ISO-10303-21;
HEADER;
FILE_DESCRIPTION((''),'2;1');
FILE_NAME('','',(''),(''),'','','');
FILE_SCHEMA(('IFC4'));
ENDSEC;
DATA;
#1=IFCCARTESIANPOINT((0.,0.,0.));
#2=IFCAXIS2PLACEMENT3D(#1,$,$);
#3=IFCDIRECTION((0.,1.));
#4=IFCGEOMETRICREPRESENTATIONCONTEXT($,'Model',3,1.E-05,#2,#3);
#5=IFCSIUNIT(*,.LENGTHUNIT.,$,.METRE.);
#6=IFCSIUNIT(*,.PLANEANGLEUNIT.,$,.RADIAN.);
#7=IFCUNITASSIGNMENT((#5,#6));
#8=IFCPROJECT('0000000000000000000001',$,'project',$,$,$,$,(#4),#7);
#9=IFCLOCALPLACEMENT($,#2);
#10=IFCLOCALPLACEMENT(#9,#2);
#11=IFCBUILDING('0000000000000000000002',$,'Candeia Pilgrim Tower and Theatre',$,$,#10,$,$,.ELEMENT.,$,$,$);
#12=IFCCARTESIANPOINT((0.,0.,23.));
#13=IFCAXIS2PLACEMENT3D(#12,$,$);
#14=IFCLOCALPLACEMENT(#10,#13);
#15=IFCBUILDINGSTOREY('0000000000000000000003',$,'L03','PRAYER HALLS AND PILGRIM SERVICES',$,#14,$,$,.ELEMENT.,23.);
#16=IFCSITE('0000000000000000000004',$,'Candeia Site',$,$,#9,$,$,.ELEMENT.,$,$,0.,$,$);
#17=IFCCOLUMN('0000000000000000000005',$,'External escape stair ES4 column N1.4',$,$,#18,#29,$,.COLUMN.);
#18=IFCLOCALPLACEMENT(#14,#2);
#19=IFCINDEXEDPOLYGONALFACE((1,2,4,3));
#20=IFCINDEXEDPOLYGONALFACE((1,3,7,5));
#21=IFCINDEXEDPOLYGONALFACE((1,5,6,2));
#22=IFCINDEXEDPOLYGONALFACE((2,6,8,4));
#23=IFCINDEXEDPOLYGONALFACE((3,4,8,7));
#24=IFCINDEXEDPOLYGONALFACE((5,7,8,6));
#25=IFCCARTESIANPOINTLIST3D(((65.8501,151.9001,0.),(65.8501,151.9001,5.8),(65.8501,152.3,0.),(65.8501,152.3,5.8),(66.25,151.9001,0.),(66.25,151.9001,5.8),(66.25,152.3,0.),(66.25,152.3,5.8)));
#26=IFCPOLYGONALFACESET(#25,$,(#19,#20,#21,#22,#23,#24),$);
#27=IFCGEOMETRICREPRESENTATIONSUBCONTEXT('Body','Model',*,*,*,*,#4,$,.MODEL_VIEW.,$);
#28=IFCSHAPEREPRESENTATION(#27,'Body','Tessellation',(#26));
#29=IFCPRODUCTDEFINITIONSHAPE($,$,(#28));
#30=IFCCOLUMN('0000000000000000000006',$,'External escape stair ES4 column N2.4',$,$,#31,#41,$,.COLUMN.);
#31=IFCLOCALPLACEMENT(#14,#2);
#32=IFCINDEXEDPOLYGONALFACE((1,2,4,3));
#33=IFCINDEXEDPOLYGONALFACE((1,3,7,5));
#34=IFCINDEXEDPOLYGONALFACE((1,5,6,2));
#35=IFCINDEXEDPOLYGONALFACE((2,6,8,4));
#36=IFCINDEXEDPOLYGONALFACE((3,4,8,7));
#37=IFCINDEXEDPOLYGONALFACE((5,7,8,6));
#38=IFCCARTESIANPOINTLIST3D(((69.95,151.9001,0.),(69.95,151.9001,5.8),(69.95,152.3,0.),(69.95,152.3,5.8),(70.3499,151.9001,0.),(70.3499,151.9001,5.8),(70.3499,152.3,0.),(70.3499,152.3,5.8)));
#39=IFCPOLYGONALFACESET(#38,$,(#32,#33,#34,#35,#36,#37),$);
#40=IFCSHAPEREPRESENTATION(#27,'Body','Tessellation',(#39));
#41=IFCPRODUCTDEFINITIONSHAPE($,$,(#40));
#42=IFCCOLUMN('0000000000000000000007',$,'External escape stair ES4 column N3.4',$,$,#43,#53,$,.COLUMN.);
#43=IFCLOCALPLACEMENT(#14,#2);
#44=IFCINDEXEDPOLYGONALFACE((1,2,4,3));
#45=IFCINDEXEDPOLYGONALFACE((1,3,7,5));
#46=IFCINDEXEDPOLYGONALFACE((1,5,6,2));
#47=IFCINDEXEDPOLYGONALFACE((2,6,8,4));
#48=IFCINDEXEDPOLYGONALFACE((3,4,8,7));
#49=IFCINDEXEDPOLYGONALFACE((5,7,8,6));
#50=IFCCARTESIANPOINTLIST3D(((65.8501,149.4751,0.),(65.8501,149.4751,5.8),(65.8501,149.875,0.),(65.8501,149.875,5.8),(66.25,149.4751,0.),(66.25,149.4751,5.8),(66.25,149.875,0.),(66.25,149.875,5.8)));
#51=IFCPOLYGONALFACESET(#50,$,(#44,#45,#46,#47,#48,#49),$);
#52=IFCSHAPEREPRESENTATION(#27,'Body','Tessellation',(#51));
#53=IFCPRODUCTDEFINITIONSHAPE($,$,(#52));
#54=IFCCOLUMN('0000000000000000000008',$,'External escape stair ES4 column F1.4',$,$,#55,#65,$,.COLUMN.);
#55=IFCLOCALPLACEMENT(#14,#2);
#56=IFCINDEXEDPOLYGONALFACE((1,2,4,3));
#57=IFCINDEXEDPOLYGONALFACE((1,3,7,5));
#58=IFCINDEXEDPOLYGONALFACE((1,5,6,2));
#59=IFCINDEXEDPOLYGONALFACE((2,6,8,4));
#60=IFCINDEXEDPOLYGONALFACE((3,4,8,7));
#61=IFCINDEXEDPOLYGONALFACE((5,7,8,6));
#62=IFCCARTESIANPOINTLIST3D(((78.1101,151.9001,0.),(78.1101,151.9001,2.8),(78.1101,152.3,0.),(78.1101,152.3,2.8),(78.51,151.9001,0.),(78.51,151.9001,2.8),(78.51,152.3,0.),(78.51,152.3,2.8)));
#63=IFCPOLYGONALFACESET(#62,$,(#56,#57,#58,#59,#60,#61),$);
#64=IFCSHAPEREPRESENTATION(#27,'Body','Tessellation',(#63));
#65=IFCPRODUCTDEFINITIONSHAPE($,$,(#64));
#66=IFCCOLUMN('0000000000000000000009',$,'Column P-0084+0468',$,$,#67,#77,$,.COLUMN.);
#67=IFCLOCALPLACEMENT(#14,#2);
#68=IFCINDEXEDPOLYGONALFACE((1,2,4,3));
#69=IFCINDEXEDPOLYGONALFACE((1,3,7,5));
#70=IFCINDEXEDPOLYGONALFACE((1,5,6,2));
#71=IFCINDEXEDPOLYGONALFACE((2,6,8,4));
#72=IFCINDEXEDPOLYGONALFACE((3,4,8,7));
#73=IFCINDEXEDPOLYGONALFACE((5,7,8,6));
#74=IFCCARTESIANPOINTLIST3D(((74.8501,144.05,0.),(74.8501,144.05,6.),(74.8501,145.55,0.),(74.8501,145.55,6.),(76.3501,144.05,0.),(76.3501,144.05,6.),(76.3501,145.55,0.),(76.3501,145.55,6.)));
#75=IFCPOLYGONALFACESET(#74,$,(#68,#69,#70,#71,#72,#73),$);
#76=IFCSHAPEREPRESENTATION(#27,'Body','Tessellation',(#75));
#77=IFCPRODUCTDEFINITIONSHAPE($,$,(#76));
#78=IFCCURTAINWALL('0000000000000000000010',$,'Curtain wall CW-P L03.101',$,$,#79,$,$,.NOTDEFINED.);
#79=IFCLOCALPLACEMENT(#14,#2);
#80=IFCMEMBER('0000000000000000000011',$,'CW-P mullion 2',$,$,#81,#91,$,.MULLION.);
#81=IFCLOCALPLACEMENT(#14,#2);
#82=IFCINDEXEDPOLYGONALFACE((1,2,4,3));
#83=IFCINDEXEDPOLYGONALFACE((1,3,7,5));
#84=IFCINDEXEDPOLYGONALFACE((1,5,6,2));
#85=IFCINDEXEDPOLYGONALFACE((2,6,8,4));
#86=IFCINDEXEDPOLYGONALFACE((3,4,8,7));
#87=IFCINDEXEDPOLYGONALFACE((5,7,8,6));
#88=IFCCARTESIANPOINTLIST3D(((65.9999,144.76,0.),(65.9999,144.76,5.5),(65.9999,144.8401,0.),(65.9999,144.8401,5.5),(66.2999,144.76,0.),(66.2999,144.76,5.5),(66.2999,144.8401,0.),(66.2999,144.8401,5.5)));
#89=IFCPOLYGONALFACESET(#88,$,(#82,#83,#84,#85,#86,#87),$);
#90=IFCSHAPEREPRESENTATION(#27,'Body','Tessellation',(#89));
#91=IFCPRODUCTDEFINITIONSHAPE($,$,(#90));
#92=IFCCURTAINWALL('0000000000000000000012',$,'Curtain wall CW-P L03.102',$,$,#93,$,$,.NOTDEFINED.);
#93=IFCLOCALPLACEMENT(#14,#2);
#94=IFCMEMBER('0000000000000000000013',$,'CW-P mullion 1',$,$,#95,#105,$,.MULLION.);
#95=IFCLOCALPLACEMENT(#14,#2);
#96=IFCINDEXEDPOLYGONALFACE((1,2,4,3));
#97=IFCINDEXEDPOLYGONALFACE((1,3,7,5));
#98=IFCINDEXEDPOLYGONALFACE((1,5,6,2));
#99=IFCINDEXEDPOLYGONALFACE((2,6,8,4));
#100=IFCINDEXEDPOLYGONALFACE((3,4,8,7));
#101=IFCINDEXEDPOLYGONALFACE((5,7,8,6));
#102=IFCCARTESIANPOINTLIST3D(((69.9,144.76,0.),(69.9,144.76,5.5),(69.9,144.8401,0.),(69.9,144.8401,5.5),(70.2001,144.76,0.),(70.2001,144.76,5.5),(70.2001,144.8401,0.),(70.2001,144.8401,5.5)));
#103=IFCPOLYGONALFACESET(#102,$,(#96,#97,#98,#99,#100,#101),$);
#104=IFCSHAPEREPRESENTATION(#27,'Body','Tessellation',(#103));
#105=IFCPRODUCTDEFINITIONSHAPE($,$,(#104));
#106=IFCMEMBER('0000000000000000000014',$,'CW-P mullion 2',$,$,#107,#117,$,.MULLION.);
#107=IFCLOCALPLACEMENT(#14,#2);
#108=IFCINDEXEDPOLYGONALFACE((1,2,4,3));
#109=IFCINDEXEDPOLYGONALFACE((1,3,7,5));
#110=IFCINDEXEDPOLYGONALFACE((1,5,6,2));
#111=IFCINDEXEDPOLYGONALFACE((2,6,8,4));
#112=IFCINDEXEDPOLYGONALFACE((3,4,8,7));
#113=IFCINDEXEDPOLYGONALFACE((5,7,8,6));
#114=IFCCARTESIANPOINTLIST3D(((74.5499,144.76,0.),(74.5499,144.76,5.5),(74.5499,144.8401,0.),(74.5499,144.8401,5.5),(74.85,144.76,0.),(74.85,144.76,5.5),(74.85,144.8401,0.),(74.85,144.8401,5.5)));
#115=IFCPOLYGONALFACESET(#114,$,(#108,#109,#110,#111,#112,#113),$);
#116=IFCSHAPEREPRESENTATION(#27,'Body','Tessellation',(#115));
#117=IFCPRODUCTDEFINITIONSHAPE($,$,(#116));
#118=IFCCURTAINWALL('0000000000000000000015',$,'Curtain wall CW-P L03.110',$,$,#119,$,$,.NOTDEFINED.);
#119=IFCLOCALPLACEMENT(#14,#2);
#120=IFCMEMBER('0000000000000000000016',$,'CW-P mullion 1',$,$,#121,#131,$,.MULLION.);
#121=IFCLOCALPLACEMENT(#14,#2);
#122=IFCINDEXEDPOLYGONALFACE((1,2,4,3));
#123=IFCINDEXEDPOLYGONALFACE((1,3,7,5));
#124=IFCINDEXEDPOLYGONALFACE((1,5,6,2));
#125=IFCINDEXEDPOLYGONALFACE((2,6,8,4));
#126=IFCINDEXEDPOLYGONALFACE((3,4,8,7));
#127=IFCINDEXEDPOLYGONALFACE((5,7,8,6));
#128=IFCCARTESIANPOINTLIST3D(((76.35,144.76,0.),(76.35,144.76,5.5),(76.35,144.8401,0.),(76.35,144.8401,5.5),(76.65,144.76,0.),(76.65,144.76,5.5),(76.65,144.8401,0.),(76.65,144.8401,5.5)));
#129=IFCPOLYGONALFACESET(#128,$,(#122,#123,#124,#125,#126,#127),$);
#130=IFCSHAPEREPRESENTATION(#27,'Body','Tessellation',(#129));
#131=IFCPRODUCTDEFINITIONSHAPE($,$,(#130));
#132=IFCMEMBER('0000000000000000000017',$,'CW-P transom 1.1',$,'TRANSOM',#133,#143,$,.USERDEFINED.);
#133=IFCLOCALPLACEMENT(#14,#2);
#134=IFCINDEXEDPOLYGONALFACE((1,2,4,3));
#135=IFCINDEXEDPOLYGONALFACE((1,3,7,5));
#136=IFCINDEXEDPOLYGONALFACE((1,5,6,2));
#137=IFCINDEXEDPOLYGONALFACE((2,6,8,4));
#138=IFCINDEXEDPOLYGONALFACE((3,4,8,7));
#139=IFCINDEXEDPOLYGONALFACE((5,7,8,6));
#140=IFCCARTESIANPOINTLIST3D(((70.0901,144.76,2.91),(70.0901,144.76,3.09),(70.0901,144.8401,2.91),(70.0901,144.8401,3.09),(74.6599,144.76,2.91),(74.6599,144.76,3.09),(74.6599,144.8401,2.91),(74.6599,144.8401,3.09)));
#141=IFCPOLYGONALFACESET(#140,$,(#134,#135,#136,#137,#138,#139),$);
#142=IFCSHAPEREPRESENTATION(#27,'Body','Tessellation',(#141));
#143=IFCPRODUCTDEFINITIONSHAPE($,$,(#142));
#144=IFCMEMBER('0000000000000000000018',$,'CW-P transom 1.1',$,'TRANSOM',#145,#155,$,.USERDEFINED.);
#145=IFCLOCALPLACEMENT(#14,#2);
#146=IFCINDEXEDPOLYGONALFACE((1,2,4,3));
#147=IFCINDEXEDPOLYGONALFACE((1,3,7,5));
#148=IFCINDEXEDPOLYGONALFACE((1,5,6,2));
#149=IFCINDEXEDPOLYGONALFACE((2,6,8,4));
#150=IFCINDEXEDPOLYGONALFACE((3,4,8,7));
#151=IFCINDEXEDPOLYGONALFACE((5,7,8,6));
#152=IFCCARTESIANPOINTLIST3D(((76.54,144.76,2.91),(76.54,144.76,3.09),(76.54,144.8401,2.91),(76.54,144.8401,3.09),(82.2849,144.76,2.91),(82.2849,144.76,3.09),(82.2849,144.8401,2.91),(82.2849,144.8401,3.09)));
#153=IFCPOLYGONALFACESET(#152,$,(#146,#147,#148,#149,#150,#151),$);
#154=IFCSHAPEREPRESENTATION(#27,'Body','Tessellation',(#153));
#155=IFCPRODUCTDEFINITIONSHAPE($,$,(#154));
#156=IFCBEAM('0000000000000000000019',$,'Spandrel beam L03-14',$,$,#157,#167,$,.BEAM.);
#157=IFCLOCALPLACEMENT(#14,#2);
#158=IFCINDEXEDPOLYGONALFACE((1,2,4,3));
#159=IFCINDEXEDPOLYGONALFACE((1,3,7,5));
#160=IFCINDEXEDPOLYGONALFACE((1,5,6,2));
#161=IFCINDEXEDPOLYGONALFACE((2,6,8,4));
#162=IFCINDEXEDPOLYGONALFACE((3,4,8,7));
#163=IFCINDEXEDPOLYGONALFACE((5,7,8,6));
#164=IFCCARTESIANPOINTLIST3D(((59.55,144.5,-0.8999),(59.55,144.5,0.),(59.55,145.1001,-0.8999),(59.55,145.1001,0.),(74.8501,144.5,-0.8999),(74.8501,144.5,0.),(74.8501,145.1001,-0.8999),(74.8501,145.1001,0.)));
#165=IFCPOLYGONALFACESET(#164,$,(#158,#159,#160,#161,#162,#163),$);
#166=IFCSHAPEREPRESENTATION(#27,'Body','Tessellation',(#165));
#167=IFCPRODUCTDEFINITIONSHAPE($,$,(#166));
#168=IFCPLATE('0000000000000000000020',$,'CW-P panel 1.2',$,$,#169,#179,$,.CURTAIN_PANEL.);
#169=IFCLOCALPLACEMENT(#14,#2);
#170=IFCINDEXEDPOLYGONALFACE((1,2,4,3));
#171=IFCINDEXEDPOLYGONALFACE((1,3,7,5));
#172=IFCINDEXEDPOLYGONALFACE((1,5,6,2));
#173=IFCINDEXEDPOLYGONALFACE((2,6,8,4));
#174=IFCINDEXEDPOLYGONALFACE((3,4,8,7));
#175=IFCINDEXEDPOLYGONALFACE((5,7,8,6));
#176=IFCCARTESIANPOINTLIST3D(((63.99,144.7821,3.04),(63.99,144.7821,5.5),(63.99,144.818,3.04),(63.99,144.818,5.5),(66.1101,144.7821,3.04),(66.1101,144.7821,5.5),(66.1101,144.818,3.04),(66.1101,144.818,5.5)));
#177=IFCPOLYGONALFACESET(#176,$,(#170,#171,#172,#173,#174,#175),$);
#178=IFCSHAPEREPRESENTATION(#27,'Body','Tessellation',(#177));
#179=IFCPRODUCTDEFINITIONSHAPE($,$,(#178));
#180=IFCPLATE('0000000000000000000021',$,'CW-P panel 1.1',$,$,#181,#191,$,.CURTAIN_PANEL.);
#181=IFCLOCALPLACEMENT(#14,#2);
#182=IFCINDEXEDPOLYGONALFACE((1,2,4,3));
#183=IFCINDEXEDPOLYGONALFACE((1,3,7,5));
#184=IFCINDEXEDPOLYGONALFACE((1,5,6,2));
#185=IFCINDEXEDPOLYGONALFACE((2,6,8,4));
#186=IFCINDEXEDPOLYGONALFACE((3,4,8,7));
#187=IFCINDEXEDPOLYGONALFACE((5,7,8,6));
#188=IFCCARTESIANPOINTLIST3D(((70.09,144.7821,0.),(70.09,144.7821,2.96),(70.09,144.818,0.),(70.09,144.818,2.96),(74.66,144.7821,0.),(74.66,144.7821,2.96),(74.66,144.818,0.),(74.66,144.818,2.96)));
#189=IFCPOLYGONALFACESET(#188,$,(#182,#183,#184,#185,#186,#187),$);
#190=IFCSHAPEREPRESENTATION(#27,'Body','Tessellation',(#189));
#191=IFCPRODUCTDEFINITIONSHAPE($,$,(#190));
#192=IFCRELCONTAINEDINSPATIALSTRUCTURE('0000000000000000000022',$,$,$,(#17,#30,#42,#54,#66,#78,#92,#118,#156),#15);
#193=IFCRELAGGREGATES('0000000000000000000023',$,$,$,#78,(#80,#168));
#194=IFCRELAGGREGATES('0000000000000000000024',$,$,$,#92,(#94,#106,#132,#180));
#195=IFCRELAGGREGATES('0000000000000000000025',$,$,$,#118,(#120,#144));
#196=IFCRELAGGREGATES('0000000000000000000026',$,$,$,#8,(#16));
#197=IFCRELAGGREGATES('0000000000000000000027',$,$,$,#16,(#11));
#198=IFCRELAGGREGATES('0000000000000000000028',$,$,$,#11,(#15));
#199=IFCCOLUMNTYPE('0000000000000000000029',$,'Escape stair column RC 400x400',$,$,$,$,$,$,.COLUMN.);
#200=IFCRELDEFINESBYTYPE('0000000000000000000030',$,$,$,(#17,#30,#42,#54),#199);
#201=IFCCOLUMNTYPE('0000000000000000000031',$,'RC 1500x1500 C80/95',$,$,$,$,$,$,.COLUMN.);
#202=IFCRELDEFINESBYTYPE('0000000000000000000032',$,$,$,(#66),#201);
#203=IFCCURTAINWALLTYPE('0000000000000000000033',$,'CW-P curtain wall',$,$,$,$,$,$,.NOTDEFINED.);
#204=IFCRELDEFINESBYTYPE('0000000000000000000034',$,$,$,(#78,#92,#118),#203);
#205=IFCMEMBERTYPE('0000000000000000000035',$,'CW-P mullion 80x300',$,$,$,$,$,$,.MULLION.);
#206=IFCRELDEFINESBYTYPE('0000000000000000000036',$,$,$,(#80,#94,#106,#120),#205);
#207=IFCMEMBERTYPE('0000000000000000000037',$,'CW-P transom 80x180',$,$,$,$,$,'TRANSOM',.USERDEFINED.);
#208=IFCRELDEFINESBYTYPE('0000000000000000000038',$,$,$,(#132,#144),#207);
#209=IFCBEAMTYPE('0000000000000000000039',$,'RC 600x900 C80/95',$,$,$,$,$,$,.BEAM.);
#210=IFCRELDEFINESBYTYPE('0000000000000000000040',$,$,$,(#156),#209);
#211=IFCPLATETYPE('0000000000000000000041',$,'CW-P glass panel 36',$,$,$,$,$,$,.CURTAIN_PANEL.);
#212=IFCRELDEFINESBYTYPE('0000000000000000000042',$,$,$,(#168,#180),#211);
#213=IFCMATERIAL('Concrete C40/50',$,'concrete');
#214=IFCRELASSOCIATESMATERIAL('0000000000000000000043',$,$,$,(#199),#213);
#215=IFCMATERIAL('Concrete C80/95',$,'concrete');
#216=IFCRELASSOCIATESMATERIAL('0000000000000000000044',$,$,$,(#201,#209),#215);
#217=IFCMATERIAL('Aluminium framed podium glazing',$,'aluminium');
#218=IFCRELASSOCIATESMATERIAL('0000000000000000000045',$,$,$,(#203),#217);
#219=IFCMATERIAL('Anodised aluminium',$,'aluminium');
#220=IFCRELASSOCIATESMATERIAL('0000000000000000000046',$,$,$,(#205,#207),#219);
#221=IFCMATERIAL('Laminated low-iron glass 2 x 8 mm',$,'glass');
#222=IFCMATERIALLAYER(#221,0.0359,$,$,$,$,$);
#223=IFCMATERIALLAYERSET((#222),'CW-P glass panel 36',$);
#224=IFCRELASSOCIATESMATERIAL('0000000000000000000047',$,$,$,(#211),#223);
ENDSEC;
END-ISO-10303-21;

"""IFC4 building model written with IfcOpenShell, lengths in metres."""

from ifc_helpers import new_model, si_unit, direction, frame, origin, origin_2d, place, context, subcontext, project, spatial, rectangle, extrude, material, layer, layer_set, material_profile, profile_set, type_object, element, aggregate, save


model = new_model("IFC4")

# Units and contexts
model_context = context("Model", 3, precision=1e-05, world=origin(), true_north=direction((0.0, 1.0)))
body_context = subcontext(model_context, "Body", "Model", "MODEL_VIEW")
ifc_project = project(units=[si_unit("LENGTHUNIT", "METRE"), si_unit("PLANEANGLEUNIT", "RADIAN")], contexts=[model_context])

# Site, building, storey
site_placement = place(None, origin())
site = spatial("IfcSite", under=ifc_project, at=site_placement, Name="Candeia Site", CompositionType="ELEMENT", RefElevation=0.0)
building_placement = place(site_placement, origin())
building = spatial("IfcBuilding", under=site, at=building_placement, Name="Candeia Pilgrim Tower and Theatre", CompositionType="ELEMENT")
storey_placement = place(building_placement, frame((0.0, 0.0, 23.0)))
storey = spatial("IfcBuildingStorey", under=building, at=storey_placement, Name="L03", Description="PRAYER HALLS AND PILGRIM SERVICES", CompositionType="ELEMENT", Elevation=23.0)

# Columns
ifc_material_1 = material(Name="Concrete C40/50", Category="concrete")
ifc_material_profile_1 = material_profile(ifc_material_1, rectangle(XDim=0.3999, YDim=0.3999, at=origin_2d()))
ifc_profile_set_1 = profile_set([ifc_material_profile_1], Name="Concrete C40/50")
column_type_1 = type_object("IfcColumnType", Name="Escape stair column RC 400x400", PredefinedType="COLUMN", material=ifc_profile_set_1)
for number, where, z_axis, x_axis, name in (
    (1, (66.05, 152.1001, 0.0), (0.0, 0.0, 1.0), (1.0, 0.0, 0.0), "External escape stair ES4 column N1.4"),
    (2, (70.1499, 152.1001, 0.0), (0.0, 0.0, 1.0), (1.0, 0.0, 0.0), "External escape stair ES4 column N2.4"),
    (3, (66.05, 149.675, 0.0), (0.0, 0.0, 1.0), (1.0, 0.0, 0.0), "External escape stair ES4 column N3.4"),
):
    element("IfcColumn", number, at=place(storey_placement, frame(where, z_axis=z_axis, x_axis=x_axis)), inside=storey, type_object=column_type_1, Name=name, PredefinedType="COLUMN", context=body_context, shape_type="SweptSolid", body=[
        extrude(rectangle(XDim=0.3999, YDim=0.3999, at=origin_2d()), origin(), (0.0, 0.0, 1.0), 5.8),
    ])
column_1_placement = place(storey_placement, frame((78.3101, 152.1001, 0.0), z_axis=(0.0, 0.0, 1.0), x_axis=(1.0, 0.0, 0.0)))
element("IfcColumn", 4, at=column_1_placement, inside=storey, type_object=column_type_1, Name="External escape stair ES4 column F1.4", PredefinedType="COLUMN", context=body_context, shape_type="SweptSolid", body=[
    extrude(rectangle(XDim=0.3999, YDim=0.3999, at=origin_2d()), origin(), (0.0, 0.0, 1.0), 2.8),
])
ifc_material_2 = material(Name="Concrete C80/95", Category="concrete")
ifc_material_profile_2 = material_profile(ifc_material_2, rectangle(XDim=1.5, YDim=1.5, at=origin_2d()))
ifc_profile_set_2 = profile_set([ifc_material_profile_2], Name="Concrete C80/95")
column_type_2 = type_object("IfcColumnType", Name="RC 1500x1500 C80/95", PredefinedType="COLUMN", material=ifc_profile_set_2)
column_2_placement = place(storey_placement, frame((75.6001, 144.8, 0.0), z_axis=(0.0, 0.0, 1.0), x_axis=(1.0, 0.0, 0.0)))
element("IfcColumn", 5, at=column_2_placement, inside=storey, type_object=column_type_2, Name="Column P-0084+0468", PredefinedType="COLUMN", context=body_context, shape_type="SweptSolid", body=[
    extrude(rectangle(XDim=1.5, YDim=1.5, at=origin_2d()), origin(), (0.0, 0.0, 1.0), 6.0),
])

# Curtain wall, member
ifc_material_3 = material(Name="Aluminium framed podium glazing", Category="aluminium")
curtain_wall_type = type_object("IfcCurtainWallType", Name="CW-P curtain wall", PredefinedType="NOTDEFINED", material=ifc_material_3)
curtain_wall_1_placement = place(storey_placement, origin())
curtain_wall_1 = element("IfcCurtainWall", 6, at=curtain_wall_1_placement, inside=storey, type_object=curtain_wall_type, Name="Curtain wall CW-P L03.101", PredefinedType="NOTDEFINED")
ifc_material_4 = material(Name="Anodised aluminium", Category="aluminium")
ifc_material_profile_3 = material_profile(ifc_material_4, rectangle(XDim=0.0801, YDim=0.3, at=origin_2d()))
ifc_profile_set_3 = profile_set([ifc_material_profile_3], Name="Anodised aluminium")
member_type_1 = type_object("IfcMemberType", Name="CW-P mullion 80x300", PredefinedType="MULLION", material=ifc_profile_set_3)
member_1_placement = place(storey_placement, frame((66.1499, 144.8, 0.0), z_axis=(0.0, 0.0, 1.0), x_axis=(0.0, 1.0, 0.0)))
member_1 = element("IfcMember", 7, at=member_1_placement, type_object=member_type_1, Name="CW-P mullion 2", PredefinedType="MULLION", context=body_context, shape_type="SweptSolid", body=[
    extrude(rectangle(XDim=0.0801, YDim=0.3, at=origin_2d()), origin(), (0.0, 0.0, 1.0), 5.5),
])

# Curtain wall, members
curtain_wall_2_placement = place(storey_placement, origin())
curtain_wall_2 = element("IfcCurtainWall", 8, at=curtain_wall_2_placement, inside=storey, type_object=curtain_wall_type, Name="Curtain wall CW-P L03.102", PredefinedType="NOTDEFINED")
member_2_placement = place(storey_placement, frame((70.05, 144.8, 0.0), z_axis=(0.0, 0.0, 1.0), x_axis=(0.0, 1.0, 0.0)))
member_2 = element("IfcMember", 9, at=member_2_placement, type_object=member_type_1, Name="CW-P mullion 1", PredefinedType="MULLION", context=body_context, shape_type="SweptSolid", body=[
    extrude(rectangle(XDim=0.0801, YDim=0.3, at=origin_2d()), origin(), (0.0, 0.0, 1.0), 5.5),
])
member_3_placement = place(storey_placement, frame((74.7, 144.8, 0.0), z_axis=(0.0, 0.0, 1.0), x_axis=(0.0, 1.0, 0.0)))
member_3 = element("IfcMember", 10, at=member_3_placement, type_object=member_type_1, Name="CW-P mullion 2", PredefinedType="MULLION", context=body_context, shape_type="SweptSolid", body=[
    extrude(rectangle(XDim=0.0801, YDim=0.3, at=origin_2d()), origin(), (0.0, 0.0, 1.0), 5.5),
])

# Curtain wall, member
curtain_wall_3_placement = place(storey_placement, origin())
curtain_wall_3 = element("IfcCurtainWall", 11, at=curtain_wall_3_placement, inside=storey, type_object=curtain_wall_type, Name="Curtain wall CW-P L03.110", PredefinedType="NOTDEFINED")
member_4_placement = place(storey_placement, frame((76.5, 144.8, 0.0), z_axis=(0.0, 0.0, 1.0), x_axis=(0.0, 1.0, 0.0)))
member_4 = element("IfcMember", 12, at=member_4_placement, type_object=member_type_1, Name="CW-P mullion 1", PredefinedType="MULLION", context=body_context, shape_type="SweptSolid", body=[
    extrude(rectangle(XDim=0.0801, YDim=0.3, at=origin_2d()), origin(), (0.0, 0.0, 1.0), 5.5),
])

# Members
ifc_material_profile_4 = material_profile(ifc_material_4, rectangle(XDim=0.0801, YDim=0.1799, at=origin_2d()))
ifc_profile_set_4 = profile_set([ifc_material_profile_4], Name="Anodised aluminium")
member_type_2 = type_object("IfcMemberType", Name="CW-P transom 80x180", ElementType="TRANSOM", PredefinedType="USERDEFINED", material=ifc_profile_set_4)
member_5_placement = place(storey_placement, frame((70.0901, 144.8, 3.0), z_axis=(1.0, 0.0, 0.0), x_axis=(0.0, 1.0, 0.0)))
member_5 = element("IfcMember", 13, at=member_5_placement, type_object=member_type_2, Name="CW-P transom 1.1", ObjectType="TRANSOM", PredefinedType="USERDEFINED", context=body_context, shape_type="SweptSolid", body=[
    extrude(rectangle(XDim=0.0801, YDim=0.1799, at=origin_2d()), origin(), (0.0, 0.0, 1.0), 4.5698),
])
member_6_placement = place(storey_placement, frame((76.54, 144.8, 3.0), z_axis=(1.0, 0.0, 0.0), x_axis=(0.0, 1.0, 0.0)))
member_6 = element("IfcMember", 14, at=member_6_placement, type_object=member_type_2, Name="CW-P transom 1.1", ObjectType="TRANSOM", PredefinedType="USERDEFINED", context=body_context, shape_type="SweptSolid", body=[
    extrude(rectangle(XDim=0.0801, YDim=0.1799, at=origin_2d()), origin(), (0.0, 0.0, 1.0), 5.7449),
])

# Beam
ifc_material_profile_5 = material_profile(ifc_material_2, rectangle(XDim=0.6001, YDim=0.8999, at=origin_2d()))
ifc_profile_set_5 = profile_set([ifc_material_profile_5], Name="Concrete C80/95")
beam_type = type_object("IfcBeamType", Name="RC 600x900 C80/95", PredefinedType="BEAM", material=ifc_profile_set_5)
beam_placement = place(storey_placement, frame((74.8501, 144.8, -0.45), z_axis=(-1.0, 0.0, 0.0), x_axis=(0.0, -1.0, 0.0)))
element("IfcBeam", 15, at=beam_placement, inside=storey, type_object=beam_type, Name="Spandrel beam L03-14", PredefinedType="BEAM", context=body_context, shape_type="SweptSolid", body=[
    extrude(rectangle(XDim=0.6001, YDim=0.8999, at=origin_2d()), origin(), (0.0, 0.0, 1.0), 15.3),
])

# Plates
ifc_material_5 = material(Name="Laminated low-iron glass 2 x 8 mm", Category="glass")
ifc_layer_1 = layer(ifc_material_5, 0.0359)
ifc_layer_set_1 = layer_set([ifc_layer_1], Name="CW-P glass panel 36")
plate_type = type_object("IfcPlateType", Name="CW-P glass panel 36", PredefinedType="CURTAIN_PANEL", material=ifc_layer_set_1)
plate_1_placement = place(storey_placement, frame((65.05, 144.8, 3.04), z_axis=(0.0, 0.0, 1.0), x_axis=(1.0, 0.0, 0.0)))
plate_1 = element("IfcPlate", 16, at=plate_1_placement, type_object=plate_type, Name="CW-P panel 1.2", PredefinedType="CURTAIN_PANEL", context=body_context, shape_type="SweptSolid", body=[
    extrude(rectangle(XDim=2.1201, YDim=0.0359, at=origin_2d()), origin(), (0.0, 0.0, 1.0), 2.46),
])
aggregate(curtain_wall_1, [member_1, plate_1])
plate_2_placement = place(storey_placement, frame((72.375, 144.8, 0.0), z_axis=(0.0, 0.0, 1.0), x_axis=(1.0, 0.0, 0.0)))
plate_2 = element("IfcPlate", 17, at=plate_2_placement, type_object=plate_type, Name="CW-P panel 1.1", PredefinedType="CURTAIN_PANEL", context=body_context, shape_type="SweptSolid", body=[
    extrude(rectangle(XDim=4.5701, YDim=0.0359, at=origin_2d()), origin(), (0.0, 0.0, 1.0), 2.96),
])
aggregate(curtain_wall_2, [member_2, member_3, member_5, plate_2])
aggregate(curtain_wall_3, [member_4, member_6])

save(model, "model.ifc")
